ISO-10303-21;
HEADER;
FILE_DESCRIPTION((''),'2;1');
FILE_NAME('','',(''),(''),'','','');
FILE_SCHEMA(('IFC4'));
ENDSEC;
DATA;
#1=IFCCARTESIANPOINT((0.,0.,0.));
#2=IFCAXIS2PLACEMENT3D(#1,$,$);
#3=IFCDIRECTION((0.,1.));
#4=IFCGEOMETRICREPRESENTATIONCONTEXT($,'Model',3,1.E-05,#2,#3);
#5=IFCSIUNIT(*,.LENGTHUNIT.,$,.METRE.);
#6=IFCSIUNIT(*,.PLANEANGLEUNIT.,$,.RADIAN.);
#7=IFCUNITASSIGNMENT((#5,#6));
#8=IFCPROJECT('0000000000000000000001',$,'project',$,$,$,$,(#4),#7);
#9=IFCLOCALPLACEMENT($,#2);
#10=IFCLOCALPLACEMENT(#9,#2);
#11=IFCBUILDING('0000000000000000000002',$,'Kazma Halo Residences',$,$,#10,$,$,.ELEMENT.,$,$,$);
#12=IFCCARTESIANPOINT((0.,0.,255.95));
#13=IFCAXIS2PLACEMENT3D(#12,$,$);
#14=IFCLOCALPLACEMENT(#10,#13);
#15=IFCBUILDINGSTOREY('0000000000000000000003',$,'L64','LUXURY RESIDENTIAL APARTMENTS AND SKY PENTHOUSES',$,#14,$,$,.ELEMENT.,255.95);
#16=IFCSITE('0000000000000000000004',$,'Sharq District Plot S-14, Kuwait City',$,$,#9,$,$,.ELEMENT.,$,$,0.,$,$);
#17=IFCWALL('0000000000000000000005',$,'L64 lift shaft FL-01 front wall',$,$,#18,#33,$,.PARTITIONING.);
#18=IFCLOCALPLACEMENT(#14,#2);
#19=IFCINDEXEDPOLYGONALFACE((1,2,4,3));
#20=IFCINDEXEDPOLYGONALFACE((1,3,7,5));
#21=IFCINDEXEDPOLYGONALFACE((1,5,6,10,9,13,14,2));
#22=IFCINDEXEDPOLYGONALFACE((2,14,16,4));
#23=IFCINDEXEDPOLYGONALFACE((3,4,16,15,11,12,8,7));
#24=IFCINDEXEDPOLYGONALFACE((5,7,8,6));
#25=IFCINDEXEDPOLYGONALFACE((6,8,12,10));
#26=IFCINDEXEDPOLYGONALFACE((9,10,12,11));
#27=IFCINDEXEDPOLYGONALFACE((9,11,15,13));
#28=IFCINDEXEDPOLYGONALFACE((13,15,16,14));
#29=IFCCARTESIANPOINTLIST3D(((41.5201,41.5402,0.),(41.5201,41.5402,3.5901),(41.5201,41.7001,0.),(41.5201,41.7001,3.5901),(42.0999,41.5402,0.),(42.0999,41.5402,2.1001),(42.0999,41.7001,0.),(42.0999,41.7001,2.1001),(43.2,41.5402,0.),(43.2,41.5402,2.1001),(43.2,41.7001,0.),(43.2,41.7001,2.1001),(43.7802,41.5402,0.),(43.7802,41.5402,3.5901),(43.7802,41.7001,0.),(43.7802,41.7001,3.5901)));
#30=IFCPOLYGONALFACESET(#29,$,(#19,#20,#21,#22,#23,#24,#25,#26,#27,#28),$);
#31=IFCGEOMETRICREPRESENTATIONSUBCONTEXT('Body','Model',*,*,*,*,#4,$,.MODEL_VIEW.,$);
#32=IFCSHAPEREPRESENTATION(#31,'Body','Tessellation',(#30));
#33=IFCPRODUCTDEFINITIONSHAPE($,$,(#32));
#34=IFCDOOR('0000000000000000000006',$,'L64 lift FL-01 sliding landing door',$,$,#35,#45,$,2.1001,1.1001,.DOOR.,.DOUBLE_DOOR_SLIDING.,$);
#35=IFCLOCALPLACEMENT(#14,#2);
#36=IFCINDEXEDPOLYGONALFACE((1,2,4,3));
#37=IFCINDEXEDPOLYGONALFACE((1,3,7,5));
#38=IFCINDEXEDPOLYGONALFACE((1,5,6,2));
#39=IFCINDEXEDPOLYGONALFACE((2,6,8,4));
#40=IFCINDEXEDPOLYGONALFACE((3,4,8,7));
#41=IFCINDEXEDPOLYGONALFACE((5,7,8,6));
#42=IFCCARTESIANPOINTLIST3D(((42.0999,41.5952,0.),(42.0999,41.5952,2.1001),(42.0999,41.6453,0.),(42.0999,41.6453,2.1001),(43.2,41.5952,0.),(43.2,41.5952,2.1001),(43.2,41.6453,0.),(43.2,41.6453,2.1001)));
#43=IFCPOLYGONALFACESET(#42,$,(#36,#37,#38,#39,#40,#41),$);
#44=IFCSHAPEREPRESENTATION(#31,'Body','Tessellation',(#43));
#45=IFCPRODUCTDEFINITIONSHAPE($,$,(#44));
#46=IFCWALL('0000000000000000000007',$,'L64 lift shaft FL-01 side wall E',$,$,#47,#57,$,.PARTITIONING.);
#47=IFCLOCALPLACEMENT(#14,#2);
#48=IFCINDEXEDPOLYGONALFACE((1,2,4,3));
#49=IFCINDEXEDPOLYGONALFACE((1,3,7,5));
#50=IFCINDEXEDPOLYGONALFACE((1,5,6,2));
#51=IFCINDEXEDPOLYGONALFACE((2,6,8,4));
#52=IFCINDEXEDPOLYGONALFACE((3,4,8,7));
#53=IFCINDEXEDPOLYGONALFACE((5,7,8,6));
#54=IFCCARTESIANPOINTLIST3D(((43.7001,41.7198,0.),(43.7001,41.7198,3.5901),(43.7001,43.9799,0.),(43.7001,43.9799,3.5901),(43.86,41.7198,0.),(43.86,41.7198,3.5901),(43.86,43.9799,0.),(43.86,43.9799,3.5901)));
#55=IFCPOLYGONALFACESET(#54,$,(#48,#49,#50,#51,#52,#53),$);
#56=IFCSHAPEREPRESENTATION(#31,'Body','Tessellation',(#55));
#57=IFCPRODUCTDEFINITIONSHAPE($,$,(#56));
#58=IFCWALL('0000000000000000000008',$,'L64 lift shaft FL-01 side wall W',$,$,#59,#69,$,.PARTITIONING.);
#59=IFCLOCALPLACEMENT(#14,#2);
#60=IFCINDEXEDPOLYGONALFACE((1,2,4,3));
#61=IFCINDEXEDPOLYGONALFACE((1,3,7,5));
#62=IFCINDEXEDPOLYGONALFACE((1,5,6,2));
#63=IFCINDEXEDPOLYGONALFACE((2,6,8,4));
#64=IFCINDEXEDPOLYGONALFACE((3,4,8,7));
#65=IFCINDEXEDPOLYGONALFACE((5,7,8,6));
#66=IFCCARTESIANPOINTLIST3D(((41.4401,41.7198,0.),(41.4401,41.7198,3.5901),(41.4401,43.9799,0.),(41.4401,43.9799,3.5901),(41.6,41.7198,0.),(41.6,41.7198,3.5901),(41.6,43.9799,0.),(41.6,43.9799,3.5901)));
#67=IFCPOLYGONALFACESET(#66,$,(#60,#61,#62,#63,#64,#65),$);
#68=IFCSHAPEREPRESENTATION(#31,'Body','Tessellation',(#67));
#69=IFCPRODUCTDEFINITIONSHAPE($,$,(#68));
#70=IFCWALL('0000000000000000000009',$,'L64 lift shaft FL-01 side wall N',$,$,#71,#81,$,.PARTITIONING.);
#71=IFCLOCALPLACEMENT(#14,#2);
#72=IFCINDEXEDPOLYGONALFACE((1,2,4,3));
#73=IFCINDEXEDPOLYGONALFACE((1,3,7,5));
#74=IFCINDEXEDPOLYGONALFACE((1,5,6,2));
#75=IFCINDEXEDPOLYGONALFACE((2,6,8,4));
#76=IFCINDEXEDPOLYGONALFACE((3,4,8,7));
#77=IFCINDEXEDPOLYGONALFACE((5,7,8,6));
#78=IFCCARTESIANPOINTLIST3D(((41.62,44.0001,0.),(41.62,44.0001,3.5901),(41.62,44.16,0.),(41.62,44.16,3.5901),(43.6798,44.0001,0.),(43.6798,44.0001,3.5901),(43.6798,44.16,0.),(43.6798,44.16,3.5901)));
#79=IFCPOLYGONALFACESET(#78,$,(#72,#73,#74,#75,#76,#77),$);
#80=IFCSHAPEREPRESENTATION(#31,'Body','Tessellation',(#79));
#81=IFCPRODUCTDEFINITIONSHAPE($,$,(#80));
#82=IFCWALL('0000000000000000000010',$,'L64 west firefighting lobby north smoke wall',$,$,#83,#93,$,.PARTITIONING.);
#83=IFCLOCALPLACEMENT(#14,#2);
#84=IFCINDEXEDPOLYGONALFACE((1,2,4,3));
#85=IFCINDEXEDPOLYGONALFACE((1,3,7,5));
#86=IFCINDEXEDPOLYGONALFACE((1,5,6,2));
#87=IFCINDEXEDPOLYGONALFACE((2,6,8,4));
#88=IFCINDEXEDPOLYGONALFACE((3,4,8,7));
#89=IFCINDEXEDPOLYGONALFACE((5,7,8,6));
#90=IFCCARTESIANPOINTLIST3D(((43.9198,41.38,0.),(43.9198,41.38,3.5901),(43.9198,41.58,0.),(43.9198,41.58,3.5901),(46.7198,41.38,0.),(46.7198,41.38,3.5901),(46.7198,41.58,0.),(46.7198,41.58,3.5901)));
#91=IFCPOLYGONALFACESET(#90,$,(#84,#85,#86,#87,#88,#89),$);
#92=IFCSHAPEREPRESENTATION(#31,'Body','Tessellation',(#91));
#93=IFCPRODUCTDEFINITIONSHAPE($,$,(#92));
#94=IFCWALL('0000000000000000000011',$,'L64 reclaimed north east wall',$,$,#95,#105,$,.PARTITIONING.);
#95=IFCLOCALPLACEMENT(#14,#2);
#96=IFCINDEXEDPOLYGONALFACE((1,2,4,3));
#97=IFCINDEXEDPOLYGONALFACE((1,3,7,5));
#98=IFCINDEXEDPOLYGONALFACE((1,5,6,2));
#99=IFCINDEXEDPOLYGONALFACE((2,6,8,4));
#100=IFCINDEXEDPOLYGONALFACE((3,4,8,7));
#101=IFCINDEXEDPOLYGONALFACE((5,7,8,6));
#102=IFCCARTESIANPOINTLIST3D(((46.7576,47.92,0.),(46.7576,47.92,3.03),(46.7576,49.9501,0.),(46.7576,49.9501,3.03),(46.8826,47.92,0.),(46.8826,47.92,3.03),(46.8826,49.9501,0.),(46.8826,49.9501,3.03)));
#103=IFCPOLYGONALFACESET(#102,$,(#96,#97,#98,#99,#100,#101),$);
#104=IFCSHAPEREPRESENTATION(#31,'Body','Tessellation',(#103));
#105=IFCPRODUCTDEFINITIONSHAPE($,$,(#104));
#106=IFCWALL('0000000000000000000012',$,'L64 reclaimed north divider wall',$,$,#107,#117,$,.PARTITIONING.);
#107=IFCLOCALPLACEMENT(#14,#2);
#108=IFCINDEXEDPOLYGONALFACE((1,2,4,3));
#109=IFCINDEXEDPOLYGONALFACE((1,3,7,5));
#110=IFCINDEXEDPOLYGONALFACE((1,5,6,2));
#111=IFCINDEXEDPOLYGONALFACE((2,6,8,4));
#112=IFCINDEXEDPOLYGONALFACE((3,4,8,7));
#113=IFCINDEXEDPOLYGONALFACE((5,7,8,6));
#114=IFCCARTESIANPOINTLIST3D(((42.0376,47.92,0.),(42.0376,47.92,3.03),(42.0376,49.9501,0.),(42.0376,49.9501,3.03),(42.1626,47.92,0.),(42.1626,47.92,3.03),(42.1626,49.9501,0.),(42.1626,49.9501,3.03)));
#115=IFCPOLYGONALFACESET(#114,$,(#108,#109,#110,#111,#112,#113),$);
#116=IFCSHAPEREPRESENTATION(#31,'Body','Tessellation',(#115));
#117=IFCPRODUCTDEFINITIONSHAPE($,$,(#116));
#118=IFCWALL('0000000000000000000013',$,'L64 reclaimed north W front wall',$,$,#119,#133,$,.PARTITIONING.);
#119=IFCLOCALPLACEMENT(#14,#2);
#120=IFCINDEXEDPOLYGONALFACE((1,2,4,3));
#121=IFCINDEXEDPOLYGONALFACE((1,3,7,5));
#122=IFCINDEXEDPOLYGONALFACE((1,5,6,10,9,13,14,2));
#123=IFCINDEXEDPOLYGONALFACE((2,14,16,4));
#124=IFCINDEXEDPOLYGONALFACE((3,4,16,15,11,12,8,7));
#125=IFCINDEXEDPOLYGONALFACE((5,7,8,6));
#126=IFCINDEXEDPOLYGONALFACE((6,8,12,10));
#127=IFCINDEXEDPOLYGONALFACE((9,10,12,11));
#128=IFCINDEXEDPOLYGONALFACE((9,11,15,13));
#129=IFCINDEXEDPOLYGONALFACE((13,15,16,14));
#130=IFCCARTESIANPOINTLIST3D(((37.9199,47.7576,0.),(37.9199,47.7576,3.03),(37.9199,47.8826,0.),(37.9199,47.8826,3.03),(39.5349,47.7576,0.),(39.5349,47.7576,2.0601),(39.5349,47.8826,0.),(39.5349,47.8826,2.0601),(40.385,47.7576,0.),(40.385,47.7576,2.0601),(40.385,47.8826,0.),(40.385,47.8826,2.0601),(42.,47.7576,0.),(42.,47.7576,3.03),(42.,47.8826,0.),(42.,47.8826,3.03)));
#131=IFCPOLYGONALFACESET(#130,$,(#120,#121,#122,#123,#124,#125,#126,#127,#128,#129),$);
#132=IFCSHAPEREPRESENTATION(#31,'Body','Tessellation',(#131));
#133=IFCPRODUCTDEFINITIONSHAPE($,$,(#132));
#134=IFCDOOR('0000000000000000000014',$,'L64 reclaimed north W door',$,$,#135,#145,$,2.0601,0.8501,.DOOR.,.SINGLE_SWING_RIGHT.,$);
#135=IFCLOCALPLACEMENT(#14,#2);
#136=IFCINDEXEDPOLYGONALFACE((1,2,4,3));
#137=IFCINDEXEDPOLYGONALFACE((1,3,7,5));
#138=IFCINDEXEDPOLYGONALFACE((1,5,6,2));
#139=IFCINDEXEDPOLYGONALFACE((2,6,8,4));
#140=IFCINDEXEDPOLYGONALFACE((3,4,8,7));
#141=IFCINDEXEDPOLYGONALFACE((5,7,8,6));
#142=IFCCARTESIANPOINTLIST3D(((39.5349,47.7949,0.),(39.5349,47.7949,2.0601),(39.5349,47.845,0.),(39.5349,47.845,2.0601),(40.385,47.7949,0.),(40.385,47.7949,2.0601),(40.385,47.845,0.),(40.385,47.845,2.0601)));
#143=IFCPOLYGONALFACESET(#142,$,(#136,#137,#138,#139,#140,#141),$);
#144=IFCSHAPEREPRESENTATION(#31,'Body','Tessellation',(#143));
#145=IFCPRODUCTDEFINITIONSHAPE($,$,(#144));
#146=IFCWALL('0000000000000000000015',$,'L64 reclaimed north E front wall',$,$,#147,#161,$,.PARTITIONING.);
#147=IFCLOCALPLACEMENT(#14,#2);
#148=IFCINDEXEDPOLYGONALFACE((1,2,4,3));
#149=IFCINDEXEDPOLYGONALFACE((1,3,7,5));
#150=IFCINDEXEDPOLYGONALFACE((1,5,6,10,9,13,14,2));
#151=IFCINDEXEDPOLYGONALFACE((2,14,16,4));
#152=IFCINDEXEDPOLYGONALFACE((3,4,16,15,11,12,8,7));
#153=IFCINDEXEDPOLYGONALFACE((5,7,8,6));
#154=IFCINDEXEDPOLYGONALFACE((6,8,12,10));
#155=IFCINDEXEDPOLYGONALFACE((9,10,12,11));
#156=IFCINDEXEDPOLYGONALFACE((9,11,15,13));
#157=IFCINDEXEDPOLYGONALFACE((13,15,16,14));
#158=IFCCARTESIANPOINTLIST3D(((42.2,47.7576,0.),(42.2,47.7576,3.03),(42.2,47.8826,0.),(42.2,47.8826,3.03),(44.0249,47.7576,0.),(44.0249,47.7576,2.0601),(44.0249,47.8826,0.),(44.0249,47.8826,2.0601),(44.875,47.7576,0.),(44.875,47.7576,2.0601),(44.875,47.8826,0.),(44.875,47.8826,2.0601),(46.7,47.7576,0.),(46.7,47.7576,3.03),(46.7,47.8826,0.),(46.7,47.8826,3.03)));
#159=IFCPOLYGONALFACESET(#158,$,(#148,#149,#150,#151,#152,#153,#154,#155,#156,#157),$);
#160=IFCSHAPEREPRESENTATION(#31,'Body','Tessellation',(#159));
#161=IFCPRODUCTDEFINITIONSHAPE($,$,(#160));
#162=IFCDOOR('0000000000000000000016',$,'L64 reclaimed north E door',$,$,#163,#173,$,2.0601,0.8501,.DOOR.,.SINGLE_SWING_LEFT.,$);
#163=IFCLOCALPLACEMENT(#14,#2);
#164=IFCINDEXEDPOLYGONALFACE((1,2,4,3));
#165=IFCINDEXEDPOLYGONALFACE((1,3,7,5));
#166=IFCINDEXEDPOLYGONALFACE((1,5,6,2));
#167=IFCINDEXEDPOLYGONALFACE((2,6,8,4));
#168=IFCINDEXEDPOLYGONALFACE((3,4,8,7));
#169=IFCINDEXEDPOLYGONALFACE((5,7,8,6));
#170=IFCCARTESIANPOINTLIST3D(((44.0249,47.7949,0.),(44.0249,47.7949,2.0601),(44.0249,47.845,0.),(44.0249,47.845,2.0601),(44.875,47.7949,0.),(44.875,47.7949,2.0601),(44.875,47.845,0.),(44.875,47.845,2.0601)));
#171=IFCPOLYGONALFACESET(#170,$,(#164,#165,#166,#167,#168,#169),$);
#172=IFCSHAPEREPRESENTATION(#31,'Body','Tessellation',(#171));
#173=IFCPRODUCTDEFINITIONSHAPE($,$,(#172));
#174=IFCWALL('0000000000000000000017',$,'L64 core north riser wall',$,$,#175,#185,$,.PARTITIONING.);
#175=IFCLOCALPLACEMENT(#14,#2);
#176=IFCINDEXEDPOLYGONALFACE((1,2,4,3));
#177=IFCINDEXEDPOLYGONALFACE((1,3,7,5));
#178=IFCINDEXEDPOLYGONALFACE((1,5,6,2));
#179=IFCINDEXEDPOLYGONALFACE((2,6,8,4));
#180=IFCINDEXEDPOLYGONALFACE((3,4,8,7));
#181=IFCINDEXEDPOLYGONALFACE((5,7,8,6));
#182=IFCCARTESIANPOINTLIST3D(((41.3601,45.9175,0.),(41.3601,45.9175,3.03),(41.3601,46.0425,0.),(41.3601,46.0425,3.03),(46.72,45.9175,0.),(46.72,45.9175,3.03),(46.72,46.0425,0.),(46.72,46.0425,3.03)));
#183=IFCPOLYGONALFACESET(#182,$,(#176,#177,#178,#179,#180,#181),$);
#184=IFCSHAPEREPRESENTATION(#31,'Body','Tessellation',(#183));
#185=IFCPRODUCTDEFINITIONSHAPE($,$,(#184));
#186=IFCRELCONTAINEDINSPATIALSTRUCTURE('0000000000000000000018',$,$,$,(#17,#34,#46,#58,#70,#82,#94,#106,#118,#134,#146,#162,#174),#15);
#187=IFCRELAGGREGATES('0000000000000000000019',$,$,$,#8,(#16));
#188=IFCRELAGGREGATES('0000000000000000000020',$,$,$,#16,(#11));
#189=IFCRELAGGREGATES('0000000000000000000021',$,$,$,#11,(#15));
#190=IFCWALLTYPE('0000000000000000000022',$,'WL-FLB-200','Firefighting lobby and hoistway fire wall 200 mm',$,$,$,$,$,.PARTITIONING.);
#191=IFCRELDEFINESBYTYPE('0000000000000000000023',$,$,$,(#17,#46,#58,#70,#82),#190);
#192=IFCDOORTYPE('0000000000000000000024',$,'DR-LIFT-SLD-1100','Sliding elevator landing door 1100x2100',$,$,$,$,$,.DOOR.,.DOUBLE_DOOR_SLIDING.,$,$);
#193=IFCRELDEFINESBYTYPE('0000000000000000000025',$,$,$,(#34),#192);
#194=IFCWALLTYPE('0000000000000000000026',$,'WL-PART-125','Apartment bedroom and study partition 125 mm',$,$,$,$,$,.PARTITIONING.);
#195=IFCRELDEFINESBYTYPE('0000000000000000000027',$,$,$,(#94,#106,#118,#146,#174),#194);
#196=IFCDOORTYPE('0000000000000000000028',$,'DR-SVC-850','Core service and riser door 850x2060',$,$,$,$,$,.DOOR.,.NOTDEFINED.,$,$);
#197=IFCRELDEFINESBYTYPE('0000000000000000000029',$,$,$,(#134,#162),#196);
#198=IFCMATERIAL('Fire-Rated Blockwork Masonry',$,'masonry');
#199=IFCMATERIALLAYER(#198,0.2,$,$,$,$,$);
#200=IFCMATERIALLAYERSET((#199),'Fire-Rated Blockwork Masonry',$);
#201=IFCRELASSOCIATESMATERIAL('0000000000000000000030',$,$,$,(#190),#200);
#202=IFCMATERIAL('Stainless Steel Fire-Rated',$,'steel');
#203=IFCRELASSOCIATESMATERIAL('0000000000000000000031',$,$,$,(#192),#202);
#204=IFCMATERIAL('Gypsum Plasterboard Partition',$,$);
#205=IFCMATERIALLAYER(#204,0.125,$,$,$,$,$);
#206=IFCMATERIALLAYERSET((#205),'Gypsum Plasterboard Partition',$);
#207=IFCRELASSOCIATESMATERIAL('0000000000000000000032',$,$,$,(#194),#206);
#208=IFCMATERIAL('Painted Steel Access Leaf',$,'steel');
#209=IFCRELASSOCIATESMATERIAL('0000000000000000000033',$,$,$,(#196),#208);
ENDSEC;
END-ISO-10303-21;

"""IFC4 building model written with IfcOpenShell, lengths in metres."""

from ifc_helpers import new_model, si_unit, direction, frame, frame_2d, origin, place, context, subcontext, project, spatial, rectangle, extrude, material, layer, layer_set, type_object, element, fill, save


model = new_model("IFC4")

# Units and contexts
model_context = context("Model", 3, precision=1e-05, world=origin(), true_north=direction((0.0, 1.0)))
body_context = subcontext(model_context, "Body", "Model", "MODEL_VIEW")
ifc_project = project(units=[si_unit("LENGTHUNIT", "METRE"), si_unit("PLANEANGLEUNIT", "RADIAN")], contexts=[model_context])

# Site, building, storey
site_placement = place(None, origin())
site = spatial("IfcSite", under=ifc_project, at=site_placement, Name="Sharq District Plot S-14, Kuwait City", CompositionType="ELEMENT", RefElevation=0.0)
building_placement = place(site_placement, origin())
building = spatial("IfcBuilding", under=site, at=building_placement, Name="Kazma Halo Residences", CompositionType="ELEMENT")
storey_placement = place(building_placement, frame((0.0, 0.0, 255.95)))
storey = spatial("IfcBuildingStorey", under=building, at=storey_placement, Name="L64", Description="LUXURY RESIDENTIAL APARTMENTS AND SKY PENTHOUSES", CompositionType="ELEMENT", Elevation=255.95)

# Wall, opening, door
ifc_material_1 = material(Name="Fire-Rated Blockwork Masonry", Category="masonry")
ifc_layer_1 = layer(ifc_material_1, 0.2)
ifc_layer_set_1 = layer_set([ifc_layer_1], Name="Fire-Rated Blockwork Masonry")
wall_type_1 = type_object("IfcWallType", Name="WL-FLB-200", Description="Firefighting lobby and hoistway fire wall 200 mm", PredefinedType="PARTITIONING", material=ifc_layer_set_1)
wall_1_placement = place(storey_placement, frame((43.78, 41.6201, 0.0), z_axis=(0.0, 0.0, 1.0), x_axis=(-1.0, 0.0, 0.0)))
wall_1 = element("IfcWall", 1, at=wall_1_placement, inside=storey, type_object=wall_type_1, Name="L64 lift shaft FL-01 front wall", PredefinedType="PARTITIONING", context=body_context, shape_type="SweptSolid", body=[
    extrude(rectangle(XDim=2.26, YDim=0.1599, at=frame_2d((1.1299, 0.0))), origin(), (0.0, 0.0, 1.0), 3.5901),
])
opening_1_placement = place(wall_1_placement, frame((0.5801, 0.0, 0.0)))
opening_1 = element("IfcOpeningElement", 2, at=opening_1_placement, cuts=wall_1, PredefinedType="OPENING", context=body_context, shape_type="SweptSolid", body=[
    extrude(rectangle(XDim=1.1001, YDim=2.1001, at=frame_2d((0.55, 1.05))), frame((0.0, 0.0898, 0.0), z_axis=(0.0, -1.0, 0.0), x_axis=(1.0, 0.0, 0.0)), (0.0, 0.0, 1.0), 0.1799),
])
ifc_material_2 = material(Name="Stainless Steel Fire-Rated", Category="steel")
door_type_1 = type_object("IfcDoorType", Name="DR-LIFT-SLD-1100", Description="Sliding elevator landing door 1100x2100", OperationType="DOUBLE_DOOR_SLIDING", PredefinedType="DOOR", material=ifc_material_2)
door_1_placement = place(opening_1_placement, origin())
door_1 = element("IfcDoor", 3, at=door_1_placement, inside=storey, type_object=door_type_1, Name="L64 lift FL-01 sliding landing door", OperationType="DOUBLE_DOOR_SLIDING", OverallHeight=2.1001, OverallWidth=1.1001, PredefinedType="DOOR", context=body_context, shape_type="SweptSolid", body=[
    extrude(rectangle(XDim=1.1001, YDim=2.1001, at=frame_2d((0.55, 1.05))), frame((0.0, 0.0249, 0.0), z_axis=(0.0, -1.0, 0.0), x_axis=(1.0, 0.0, 0.0)), (0.0, 0.0, 1.0), 0.05),
])
fill(opening_1, door_1)

# Walls
for number, where, z_axis, x_axis, name in (
    (4, (43.78, 41.72, 0.0), (0.0, 0.0, 1.0), (0.0, 1.0, 0.0), "L64 lift shaft FL-01 side wall E"),
    (5, (41.52, 41.72, 0.0), (0.0, 0.0, 1.0), (0.0, 1.0, 0.0), "L64 lift shaft FL-01 side wall W"),
):
    element("IfcWall", number, at=place(storey_placement, frame(where, z_axis=z_axis, x_axis=x_axis)), inside=storey, type_object=wall_type_1, Name=name, PredefinedType="PARTITIONING", context=body_context, shape_type="SweptSolid", body=[
        extrude(rectangle(XDim=2.26, YDim=0.1599, at=frame_2d((1.1299, 0.0))), origin(), (0.0, 0.0, 1.0), 3.5901),
    ])
wall_2_placement = place(storey_placement, frame((41.6201, 44.0801, 0.0), z_axis=(0.0, 0.0, 1.0), x_axis=(1.0, 0.0, 0.0)))
element("IfcWall", 6, at=wall_2_placement, inside=storey, type_object=wall_type_1, Name="L64 lift shaft FL-01 side wall N", PredefinedType="PARTITIONING", context=body_context, shape_type="SweptSolid", body=[
    extrude(rectangle(XDim=2.0598, YDim=0.1599, at=frame_2d((1.0298, 0.0))), origin(), (0.0, 0.0, 1.0), 3.5901),
])
wall_3_placement = place(storey_placement, frame((43.9199, 41.48, 0.0), z_axis=(0.0, 0.0, 1.0), x_axis=(1.0, 0.0, 0.0)))
element("IfcWall", 7, at=wall_3_placement, inside=storey, type_object=wall_type_1, Name="L64 west firefighting lobby north smoke wall", PredefinedType="PARTITIONING", context=body_context, shape_type="SweptSolid", body=[
    extrude(rectangle(XDim=2.8, YDim=0.2, at=frame_2d((1.3999, 0.0))), origin(), (0.0, 0.0, 1.0), 3.5901),
])
ifc_material_3 = material(Name="Gypsum Plasterboard Partition")
ifc_layer_2 = layer(ifc_material_3, 0.125)
ifc_layer_set_2 = layer_set([ifc_layer_2], Name="Gypsum Plasterboard Partition")
wall_type_2 = type_object("IfcWallType", Name="WL-PART-125", Description="Apartment bedroom and study partition 125 mm", PredefinedType="PARTITIONING", material=ifc_layer_set_2)
for number, where, z_axis, x_axis, name in (
    (8, (46.8201, 47.9199, 0.0), (0.0, 0.0, 1.0), (0.0, 1.0, 0.0), "L64 reclaimed north east wall"),
    (9, (42.1001, 47.9199, 0.0), (0.0, 0.0, 1.0), (0.0, 1.0, 0.0), "L64 reclaimed north divider wall"),
):
    element("IfcWall", number, at=place(storey_placement, frame(where, z_axis=z_axis, x_axis=x_axis)), inside=storey, type_object=wall_type_2, Name=name, PredefinedType="PARTITIONING", context=body_context, shape_type="SweptSolid", body=[
        extrude(rectangle(XDim=2.03, YDim=0.125, at=frame_2d((1.0151, 0.0))), origin(), (0.0, 0.0, 1.0), 3.03),
    ])

# Walls, openings, doors
wall_4_placement = place(storey_placement, frame((37.9199, 47.8201, 0.0), z_axis=(0.0, 0.0, 1.0), x_axis=(1.0, 0.0, 0.0)))
wall_4 = element("IfcWall", 10, at=wall_4_placement, inside=storey, type_object=wall_type_2, Name="L64 reclaimed north W front wall", PredefinedType="PARTITIONING", context=body_context, shape_type="SweptSolid", body=[
    extrude(rectangle(XDim=4.0801, YDim=0.125, at=frame_2d((2.04, 0.0))), origin(), (0.0, 0.0, 1.0), 3.03),
])
opening_2_placement = place(wall_4_placement, frame((1.615, 0.0, 0.0)))
opening_2 = element("IfcOpeningElement", 11, at=opening_2_placement, cuts=wall_4, PredefinedType="OPENING", context=body_context, shape_type="SweptSolid", body=[
    extrude(rectangle(XDim=0.8501, YDim=2.0601, at=frame_2d((0.425, 1.03))), frame((0.0, 0.0725, 0.0), z_axis=(0.0, -1.0, 0.0), x_axis=(1.0, 0.0, 0.0)), (0.0, 0.0, 1.0), 0.145),
])
ifc_material_4 = material(Name="Painted Steel Access Leaf", Category="steel")
door_type_2 = type_object("IfcDoorType", Name="DR-SVC-850", Description="Core service and riser door 850x2060", OperationType="NOTDEFINED", PredefinedType="DOOR", material=ifc_material_4)
door_2_placement = place(opening_2_placement, origin())
door_2 = element("IfcDoor", 12, at=door_2_placement, inside=storey, type_object=door_type_2, Name="L64 reclaimed north W door", OperationType="SINGLE_SWING_RIGHT", OverallHeight=2.0601, OverallWidth=0.8501, PredefinedType="DOOR", context=body_context, shape_type="SweptSolid", body=[
    extrude(rectangle(XDim=0.8501, YDim=2.0601, at=frame_2d((0.425, 1.03))), frame((0.0, 0.0249, 0.0), z_axis=(0.0, -1.0, 0.0), x_axis=(1.0, 0.0, 0.0)), (0.0, 0.0, 1.0), 0.05),
])
fill(opening_2, door_2)
wall_5_placement = place(storey_placement, frame((42.2, 47.8201, 0.0), z_axis=(0.0, 0.0, 1.0), x_axis=(1.0, 0.0, 0.0)))
wall_5 = element("IfcWall", 13, at=wall_5_placement, inside=storey, type_object=wall_type_2, Name="L64 reclaimed north E front wall", PredefinedType="PARTITIONING", context=body_context, shape_type="SweptSolid", body=[
    extrude(rectangle(XDim=4.5, YDim=0.125, at=frame_2d((2.25, 0.0))), origin(), (0.0, 0.0, 1.0), 3.03),
])
opening_3_placement = place(wall_5_placement, frame((1.825, 0.0, 0.0)))
opening_3 = element("IfcOpeningElement", 14, at=opening_3_placement, cuts=wall_5, PredefinedType="OPENING", context=body_context, shape_type="SweptSolid", body=[
    extrude(rectangle(XDim=0.8501, YDim=2.0601, at=frame_2d((0.425, 1.03))), frame((0.0, 0.0725, 0.0), z_axis=(0.0, -1.0, 0.0), x_axis=(1.0, 0.0, 0.0)), (0.0, 0.0, 1.0), 0.145),
])
door_3_placement = place(opening_3_placement, origin())
door_3 = element("IfcDoor", 15, at=door_3_placement, inside=storey, type_object=door_type_2, Name="L64 reclaimed north E door", OperationType="SINGLE_SWING_LEFT", OverallHeight=2.0601, OverallWidth=0.8501, PredefinedType="DOOR", context=body_context, shape_type="SweptSolid", body=[
    extrude(rectangle(XDim=0.8501, YDim=2.0601, at=frame_2d((0.425, 1.03))), frame((0.0, 0.0249, 0.0), z_axis=(0.0, -1.0, 0.0), x_axis=(1.0, 0.0, 0.0)), (0.0, 0.0, 1.0), 0.05),
])
fill(opening_3, door_3)

# Wall
wall_6_placement = place(storey_placement, frame((41.3601, 45.98, 0.0), z_axis=(0.0, 0.0, 1.0), x_axis=(1.0, 0.0, 0.0)))
element("IfcWall", 16, at=wall_6_placement, inside=storey, type_object=wall_type_2, Name="L64 core north riser wall", PredefinedType="PARTITIONING", context=body_context, shape_type="SweptSolid", body=[
    extrude(rectangle(XDim=5.3599, YDim=0.125, at=frame_2d((2.6799, 0.0))), origin(), (0.0, 0.0, 1.0), 3.03),
])

save(model, "model.ifc")
